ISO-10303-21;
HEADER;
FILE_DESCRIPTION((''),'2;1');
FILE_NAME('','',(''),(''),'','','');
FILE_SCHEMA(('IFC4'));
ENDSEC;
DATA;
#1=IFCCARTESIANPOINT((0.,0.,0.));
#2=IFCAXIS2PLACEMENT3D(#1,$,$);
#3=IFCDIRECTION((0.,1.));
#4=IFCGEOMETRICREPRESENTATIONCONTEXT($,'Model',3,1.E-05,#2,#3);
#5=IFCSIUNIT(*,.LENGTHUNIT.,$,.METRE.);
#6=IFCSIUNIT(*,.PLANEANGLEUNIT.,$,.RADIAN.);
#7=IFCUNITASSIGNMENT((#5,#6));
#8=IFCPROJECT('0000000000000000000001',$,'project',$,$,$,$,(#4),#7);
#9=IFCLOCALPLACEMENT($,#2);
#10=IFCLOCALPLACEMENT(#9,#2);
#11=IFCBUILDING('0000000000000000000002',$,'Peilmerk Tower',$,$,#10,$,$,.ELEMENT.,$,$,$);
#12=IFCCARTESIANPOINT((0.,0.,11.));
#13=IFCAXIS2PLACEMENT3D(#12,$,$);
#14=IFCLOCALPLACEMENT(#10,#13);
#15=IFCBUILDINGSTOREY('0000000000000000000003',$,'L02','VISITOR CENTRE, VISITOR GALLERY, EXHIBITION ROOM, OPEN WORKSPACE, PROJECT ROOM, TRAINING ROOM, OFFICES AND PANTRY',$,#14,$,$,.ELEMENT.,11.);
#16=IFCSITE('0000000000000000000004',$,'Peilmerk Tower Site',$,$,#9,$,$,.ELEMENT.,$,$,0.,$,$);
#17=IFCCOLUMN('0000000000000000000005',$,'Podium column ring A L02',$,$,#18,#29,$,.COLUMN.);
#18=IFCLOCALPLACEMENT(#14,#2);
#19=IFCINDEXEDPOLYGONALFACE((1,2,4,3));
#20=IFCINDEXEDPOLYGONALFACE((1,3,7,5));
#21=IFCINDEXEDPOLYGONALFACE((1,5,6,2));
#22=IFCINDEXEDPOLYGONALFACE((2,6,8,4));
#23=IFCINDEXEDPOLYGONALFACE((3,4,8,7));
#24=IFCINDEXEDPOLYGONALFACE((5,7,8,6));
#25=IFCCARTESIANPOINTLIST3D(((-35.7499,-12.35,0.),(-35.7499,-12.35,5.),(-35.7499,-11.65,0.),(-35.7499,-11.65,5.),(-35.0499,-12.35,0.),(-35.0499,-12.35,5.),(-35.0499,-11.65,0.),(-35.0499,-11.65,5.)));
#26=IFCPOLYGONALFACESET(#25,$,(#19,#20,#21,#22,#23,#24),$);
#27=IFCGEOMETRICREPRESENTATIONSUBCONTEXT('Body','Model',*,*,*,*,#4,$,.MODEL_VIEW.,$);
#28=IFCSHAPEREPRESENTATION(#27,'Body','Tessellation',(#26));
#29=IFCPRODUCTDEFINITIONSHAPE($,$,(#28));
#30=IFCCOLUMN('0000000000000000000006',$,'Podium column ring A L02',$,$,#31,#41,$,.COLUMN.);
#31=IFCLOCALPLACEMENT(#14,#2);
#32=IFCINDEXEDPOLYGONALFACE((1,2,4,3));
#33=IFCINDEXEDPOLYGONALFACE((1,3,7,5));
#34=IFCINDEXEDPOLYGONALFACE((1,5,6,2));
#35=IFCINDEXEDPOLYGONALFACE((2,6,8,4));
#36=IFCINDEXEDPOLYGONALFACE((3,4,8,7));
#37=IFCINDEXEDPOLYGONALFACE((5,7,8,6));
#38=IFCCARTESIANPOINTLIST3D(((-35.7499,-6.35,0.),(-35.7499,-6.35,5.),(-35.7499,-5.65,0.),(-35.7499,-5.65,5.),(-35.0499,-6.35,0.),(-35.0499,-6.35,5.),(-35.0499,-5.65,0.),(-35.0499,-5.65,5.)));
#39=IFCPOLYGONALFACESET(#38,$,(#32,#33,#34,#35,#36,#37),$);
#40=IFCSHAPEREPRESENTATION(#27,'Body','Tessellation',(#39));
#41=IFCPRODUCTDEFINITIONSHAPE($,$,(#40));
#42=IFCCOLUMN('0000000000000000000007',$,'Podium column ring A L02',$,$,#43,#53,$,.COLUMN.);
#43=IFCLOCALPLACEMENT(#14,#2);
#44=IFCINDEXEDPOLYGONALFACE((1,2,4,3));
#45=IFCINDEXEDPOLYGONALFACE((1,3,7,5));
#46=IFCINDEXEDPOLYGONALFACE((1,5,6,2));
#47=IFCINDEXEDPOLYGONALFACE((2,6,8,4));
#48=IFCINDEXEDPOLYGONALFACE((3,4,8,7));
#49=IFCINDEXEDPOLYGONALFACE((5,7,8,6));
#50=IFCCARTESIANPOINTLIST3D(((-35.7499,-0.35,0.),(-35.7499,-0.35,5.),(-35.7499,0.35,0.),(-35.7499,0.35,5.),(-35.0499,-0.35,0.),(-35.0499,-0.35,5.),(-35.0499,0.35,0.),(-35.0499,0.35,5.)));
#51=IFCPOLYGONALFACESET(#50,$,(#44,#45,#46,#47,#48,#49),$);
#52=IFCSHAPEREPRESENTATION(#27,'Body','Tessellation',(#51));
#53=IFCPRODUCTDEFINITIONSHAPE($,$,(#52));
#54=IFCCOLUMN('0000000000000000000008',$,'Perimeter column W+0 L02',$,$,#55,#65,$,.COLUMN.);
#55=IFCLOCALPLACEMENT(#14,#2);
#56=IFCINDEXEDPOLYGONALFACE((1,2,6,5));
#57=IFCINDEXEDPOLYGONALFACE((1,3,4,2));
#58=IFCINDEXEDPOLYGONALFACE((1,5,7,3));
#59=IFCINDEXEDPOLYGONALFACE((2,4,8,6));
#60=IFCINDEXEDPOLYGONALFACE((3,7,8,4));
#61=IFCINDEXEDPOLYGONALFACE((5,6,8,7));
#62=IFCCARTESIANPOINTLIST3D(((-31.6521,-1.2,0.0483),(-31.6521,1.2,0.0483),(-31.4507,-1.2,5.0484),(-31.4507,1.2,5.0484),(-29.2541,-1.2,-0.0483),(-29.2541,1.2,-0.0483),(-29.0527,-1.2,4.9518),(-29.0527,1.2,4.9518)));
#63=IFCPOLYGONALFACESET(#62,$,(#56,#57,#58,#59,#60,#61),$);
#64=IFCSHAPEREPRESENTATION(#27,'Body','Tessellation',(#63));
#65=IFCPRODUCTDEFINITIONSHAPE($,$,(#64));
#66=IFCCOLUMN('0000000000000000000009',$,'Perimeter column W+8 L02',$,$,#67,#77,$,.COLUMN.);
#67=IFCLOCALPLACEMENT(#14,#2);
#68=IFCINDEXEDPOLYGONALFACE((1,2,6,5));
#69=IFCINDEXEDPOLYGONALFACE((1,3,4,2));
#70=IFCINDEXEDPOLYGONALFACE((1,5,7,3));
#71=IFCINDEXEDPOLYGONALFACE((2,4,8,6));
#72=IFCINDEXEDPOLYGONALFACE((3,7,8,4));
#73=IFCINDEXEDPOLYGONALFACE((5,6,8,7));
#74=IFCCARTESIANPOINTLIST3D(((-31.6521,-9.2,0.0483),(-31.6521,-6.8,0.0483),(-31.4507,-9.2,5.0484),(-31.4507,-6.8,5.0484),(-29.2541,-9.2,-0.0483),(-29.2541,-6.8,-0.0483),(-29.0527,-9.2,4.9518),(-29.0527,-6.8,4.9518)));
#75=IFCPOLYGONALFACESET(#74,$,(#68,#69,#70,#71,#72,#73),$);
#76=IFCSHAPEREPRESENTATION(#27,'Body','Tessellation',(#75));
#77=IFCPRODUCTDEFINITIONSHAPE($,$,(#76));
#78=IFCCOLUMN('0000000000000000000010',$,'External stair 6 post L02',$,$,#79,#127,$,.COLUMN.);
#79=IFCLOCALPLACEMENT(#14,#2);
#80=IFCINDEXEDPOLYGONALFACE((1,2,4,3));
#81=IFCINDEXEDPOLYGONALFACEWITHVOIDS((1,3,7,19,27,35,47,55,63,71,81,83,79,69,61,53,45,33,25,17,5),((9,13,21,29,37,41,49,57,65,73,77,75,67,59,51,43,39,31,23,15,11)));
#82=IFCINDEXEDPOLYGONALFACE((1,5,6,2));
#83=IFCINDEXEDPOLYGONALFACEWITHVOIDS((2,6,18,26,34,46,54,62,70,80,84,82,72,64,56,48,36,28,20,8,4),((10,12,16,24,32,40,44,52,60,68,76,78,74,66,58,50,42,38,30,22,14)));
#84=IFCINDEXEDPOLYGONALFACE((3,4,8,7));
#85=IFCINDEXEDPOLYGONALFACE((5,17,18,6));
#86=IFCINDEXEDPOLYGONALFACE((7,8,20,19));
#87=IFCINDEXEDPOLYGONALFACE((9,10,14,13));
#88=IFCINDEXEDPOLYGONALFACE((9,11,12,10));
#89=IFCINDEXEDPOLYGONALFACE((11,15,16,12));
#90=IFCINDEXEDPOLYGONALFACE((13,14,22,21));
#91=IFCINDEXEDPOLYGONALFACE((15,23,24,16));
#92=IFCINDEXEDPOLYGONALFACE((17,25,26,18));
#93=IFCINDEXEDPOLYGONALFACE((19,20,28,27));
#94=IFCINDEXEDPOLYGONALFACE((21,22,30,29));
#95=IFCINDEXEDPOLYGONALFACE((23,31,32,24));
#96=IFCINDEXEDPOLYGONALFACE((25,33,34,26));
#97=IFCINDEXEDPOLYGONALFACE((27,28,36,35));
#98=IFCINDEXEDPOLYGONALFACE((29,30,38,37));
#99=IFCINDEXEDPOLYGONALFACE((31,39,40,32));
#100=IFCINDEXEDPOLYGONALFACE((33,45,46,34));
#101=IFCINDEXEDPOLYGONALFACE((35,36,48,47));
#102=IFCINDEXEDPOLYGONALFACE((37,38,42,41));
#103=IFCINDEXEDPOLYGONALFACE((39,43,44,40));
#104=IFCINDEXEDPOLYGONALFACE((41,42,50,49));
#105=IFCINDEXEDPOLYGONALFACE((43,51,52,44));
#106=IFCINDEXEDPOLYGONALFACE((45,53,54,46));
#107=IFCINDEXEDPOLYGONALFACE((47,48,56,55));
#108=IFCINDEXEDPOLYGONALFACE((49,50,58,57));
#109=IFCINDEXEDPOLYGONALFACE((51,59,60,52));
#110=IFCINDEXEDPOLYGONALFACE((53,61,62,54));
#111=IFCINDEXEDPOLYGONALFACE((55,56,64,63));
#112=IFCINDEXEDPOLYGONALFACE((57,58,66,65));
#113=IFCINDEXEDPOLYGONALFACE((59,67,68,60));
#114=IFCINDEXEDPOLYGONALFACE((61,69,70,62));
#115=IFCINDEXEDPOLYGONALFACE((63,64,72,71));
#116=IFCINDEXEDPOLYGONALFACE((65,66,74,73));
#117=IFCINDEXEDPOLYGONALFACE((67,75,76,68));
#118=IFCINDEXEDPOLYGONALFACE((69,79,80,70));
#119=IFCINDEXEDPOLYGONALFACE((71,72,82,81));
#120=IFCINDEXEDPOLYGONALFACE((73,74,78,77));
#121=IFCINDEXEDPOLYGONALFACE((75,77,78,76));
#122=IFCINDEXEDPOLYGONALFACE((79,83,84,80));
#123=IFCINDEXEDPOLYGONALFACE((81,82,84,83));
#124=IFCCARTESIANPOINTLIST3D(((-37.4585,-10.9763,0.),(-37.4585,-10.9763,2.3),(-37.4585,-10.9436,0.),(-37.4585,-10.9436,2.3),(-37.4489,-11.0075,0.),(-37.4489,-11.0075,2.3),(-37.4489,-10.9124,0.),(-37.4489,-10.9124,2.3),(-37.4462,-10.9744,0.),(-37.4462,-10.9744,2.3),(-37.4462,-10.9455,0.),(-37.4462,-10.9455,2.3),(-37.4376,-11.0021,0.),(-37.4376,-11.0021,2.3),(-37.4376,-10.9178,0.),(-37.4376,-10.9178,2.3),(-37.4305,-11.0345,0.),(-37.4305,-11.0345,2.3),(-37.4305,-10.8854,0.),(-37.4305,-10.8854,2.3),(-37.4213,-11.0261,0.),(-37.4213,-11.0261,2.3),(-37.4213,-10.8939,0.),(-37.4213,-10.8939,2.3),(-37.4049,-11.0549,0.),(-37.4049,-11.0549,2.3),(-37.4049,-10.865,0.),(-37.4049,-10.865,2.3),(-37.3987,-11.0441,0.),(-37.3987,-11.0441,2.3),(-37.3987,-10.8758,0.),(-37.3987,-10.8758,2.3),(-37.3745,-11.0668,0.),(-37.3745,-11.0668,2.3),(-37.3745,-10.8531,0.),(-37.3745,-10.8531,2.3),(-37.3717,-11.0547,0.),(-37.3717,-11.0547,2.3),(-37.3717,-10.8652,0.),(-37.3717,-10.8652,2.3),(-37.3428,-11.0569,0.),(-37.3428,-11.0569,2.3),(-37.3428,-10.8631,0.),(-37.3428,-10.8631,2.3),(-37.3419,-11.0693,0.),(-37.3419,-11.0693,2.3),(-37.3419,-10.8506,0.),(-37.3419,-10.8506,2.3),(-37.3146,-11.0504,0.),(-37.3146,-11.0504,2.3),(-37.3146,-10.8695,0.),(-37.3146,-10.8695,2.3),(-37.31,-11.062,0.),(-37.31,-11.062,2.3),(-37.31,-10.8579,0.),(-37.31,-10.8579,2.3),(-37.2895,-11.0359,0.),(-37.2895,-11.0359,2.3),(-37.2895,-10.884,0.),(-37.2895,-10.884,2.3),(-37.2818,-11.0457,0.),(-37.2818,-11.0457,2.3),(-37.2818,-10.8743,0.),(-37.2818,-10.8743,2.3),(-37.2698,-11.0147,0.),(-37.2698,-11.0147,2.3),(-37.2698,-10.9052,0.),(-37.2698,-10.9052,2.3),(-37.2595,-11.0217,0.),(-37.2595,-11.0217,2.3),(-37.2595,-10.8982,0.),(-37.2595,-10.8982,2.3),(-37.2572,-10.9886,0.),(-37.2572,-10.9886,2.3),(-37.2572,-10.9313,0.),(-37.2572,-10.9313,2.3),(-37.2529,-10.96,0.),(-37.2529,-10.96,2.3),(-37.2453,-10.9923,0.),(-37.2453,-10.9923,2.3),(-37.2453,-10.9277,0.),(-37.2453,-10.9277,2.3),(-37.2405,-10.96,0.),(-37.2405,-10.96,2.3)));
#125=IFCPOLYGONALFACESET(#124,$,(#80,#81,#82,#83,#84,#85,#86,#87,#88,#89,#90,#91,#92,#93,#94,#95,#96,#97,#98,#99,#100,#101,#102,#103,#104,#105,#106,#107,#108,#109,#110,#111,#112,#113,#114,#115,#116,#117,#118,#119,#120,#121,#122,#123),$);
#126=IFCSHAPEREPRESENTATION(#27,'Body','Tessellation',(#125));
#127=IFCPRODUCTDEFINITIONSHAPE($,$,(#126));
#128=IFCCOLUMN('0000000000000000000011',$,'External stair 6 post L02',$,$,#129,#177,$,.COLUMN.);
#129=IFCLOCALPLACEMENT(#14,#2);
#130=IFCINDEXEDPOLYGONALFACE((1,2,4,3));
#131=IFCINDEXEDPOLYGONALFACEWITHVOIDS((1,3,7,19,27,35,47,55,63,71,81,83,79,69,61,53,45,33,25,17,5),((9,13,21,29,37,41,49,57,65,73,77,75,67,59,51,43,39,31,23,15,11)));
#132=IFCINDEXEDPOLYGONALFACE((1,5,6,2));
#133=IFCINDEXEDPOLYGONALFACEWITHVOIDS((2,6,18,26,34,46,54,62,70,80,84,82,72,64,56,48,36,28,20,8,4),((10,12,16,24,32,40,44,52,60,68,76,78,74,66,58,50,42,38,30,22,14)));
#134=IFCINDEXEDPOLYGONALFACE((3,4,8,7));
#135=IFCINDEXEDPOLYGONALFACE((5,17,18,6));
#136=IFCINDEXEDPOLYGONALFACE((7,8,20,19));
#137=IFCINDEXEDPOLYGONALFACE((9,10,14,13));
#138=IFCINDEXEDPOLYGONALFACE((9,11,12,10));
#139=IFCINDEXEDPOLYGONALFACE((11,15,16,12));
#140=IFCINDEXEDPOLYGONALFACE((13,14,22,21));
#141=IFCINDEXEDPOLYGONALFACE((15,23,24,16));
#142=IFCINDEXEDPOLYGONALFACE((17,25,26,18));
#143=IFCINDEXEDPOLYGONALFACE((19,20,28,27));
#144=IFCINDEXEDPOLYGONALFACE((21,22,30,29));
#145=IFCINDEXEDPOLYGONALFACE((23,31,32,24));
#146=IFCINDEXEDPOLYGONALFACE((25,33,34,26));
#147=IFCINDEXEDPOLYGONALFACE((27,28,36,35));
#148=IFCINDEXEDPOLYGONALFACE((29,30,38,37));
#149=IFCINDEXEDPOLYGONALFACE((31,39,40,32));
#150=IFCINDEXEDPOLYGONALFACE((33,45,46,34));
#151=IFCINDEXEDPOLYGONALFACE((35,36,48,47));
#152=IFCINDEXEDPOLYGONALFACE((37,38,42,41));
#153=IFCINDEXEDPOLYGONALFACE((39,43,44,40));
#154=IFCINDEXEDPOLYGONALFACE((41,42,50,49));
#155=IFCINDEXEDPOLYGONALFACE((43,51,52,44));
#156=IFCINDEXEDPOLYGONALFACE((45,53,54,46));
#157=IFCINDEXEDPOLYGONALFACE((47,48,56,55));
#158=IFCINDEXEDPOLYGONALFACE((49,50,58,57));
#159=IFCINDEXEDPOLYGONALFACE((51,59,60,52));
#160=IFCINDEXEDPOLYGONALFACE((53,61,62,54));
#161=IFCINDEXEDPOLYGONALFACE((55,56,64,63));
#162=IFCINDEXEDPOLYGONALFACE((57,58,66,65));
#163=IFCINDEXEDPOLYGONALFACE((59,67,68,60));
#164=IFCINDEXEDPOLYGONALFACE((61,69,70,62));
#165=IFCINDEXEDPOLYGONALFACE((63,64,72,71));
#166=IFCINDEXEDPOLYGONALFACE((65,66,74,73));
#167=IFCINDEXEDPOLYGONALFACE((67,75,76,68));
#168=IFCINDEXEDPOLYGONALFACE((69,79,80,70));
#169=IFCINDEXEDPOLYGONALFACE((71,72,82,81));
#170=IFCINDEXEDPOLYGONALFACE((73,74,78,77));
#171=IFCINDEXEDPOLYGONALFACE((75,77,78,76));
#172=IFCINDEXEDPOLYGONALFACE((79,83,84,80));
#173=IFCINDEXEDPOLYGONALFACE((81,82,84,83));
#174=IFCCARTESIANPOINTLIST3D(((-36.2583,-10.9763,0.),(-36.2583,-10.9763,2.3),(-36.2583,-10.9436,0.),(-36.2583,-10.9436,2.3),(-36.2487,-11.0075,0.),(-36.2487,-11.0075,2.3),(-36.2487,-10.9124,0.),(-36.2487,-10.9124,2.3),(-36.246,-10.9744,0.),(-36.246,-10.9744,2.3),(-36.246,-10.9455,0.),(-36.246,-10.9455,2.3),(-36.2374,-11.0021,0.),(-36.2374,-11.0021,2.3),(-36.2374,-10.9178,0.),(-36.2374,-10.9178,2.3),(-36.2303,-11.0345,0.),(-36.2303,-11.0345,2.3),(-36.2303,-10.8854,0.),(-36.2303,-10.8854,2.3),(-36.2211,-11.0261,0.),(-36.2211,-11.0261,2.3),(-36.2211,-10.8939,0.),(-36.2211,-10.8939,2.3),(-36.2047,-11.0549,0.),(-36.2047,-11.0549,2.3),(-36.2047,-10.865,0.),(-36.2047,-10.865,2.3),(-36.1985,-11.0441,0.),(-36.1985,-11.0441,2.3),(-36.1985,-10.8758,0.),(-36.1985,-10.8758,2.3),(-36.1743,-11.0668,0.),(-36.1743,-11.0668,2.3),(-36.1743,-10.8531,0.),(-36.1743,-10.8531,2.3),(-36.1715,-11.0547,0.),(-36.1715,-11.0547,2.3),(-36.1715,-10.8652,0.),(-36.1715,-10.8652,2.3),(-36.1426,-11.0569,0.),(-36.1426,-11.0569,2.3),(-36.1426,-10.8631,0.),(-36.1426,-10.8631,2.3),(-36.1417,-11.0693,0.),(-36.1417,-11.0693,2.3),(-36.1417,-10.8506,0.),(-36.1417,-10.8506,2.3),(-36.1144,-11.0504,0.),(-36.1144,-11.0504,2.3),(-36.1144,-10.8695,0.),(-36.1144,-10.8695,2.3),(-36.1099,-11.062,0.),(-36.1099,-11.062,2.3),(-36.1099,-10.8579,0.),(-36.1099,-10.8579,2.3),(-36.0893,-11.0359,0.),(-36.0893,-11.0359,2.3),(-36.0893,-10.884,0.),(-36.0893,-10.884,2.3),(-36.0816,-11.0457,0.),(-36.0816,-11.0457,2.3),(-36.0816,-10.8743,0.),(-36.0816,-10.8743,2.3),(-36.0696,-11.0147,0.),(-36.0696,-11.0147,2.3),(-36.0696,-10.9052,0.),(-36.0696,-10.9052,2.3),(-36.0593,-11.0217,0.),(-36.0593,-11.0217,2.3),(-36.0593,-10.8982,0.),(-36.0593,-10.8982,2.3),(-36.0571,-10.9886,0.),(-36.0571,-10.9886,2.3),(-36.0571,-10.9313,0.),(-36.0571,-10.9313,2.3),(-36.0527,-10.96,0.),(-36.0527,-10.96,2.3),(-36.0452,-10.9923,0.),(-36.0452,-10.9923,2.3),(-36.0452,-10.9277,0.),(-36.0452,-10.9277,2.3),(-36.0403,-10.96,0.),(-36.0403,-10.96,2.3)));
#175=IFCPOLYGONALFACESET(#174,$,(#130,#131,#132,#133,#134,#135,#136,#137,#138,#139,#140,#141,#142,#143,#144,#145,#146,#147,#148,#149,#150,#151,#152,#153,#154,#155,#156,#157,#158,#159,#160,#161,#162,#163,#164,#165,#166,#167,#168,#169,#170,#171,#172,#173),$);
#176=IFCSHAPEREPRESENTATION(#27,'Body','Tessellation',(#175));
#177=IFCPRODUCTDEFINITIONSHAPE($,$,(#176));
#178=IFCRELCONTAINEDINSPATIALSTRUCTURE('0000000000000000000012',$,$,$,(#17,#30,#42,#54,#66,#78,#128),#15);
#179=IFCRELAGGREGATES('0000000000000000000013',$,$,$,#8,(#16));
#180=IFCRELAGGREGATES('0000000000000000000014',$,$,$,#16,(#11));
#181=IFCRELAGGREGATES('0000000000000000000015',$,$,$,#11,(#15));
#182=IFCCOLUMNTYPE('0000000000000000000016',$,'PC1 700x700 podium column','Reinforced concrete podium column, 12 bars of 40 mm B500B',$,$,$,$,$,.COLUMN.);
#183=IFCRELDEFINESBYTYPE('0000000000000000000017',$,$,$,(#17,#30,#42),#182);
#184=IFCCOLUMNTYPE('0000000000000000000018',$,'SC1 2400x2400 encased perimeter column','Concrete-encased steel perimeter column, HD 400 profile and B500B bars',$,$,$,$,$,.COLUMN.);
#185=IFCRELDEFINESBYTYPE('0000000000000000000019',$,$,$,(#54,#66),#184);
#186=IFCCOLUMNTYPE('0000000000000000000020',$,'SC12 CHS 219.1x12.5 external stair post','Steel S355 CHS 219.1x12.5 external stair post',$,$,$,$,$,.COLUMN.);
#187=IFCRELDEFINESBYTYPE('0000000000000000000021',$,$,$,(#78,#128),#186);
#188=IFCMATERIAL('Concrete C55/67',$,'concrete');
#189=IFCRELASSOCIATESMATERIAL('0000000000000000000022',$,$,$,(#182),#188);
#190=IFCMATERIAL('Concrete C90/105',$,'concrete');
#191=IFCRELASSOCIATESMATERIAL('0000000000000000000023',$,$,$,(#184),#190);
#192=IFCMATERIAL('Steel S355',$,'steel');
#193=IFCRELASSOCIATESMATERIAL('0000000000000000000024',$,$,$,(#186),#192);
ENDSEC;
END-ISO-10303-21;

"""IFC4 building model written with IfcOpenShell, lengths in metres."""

from ifc_helpers import new_model, si_unit, direction, frame, origin, origin_2d, place, context, subcontext, project, spatial, rectangle, hollow_circle, extrude, material, material_profile, profile_set, type_object, element, save


model = new_model("IFC4")

# Units and contexts
model_context = context("Model", 3, precision=1e-05, world=origin(), true_north=direction((0.0, 1.0)))
body_context = subcontext(model_context, "Body", "Model", "MODEL_VIEW")
ifc_project = project(units=[si_unit("LENGTHUNIT", "METRE"), si_unit("PLANEANGLEUNIT", "RADIAN")], contexts=[model_context])

# Site, building, storey
site_placement = place(None, origin())
site = spatial("IfcSite", under=ifc_project, at=site_placement, Name="Peilmerk Tower Site", CompositionType="ELEMENT", RefElevation=0.0)
building_placement = place(site_placement, origin())
building = spatial("IfcBuilding", under=site, at=building_placement, Name="Peilmerk Tower", CompositionType="ELEMENT")
storey_placement = place(building_placement, frame((0.0, 0.0, 11.0)))
storey = spatial("IfcBuildingStorey", under=building, at=storey_placement, Name="L02", Description="VISITOR CENTRE, VISITOR GALLERY, EXHIBITION ROOM, OPEN WORKSPACE, PROJECT ROOM, TRAINING ROOM, OFFICES AND PANTRY", CompositionType="ELEMENT", Elevation=11.0)

# Columns
ifc_material_1 = material(Name="Concrete C55/67", Category="concrete")
ifc_material_profile_1 = material_profile(ifc_material_1, rectangle(XDim=0.7, YDim=0.7, at=origin_2d()), Name="RC 700x700")
ifc_profile_set_1 = profile_set([ifc_material_profile_1], Name="Concrete C55/67")
column_type_1 = type_object("IfcColumnType", Name="PC1 700x700 podium column", Description="Reinforced concrete podium column, 12 bars of 40 mm B500B", PredefinedType="COLUMN", material=ifc_profile_set_1)
for number, where, z_axis, x_axis, name in (
    (1, (-35.3999, -12.0, 0.0), (0.0, 0.0, 1.0), (1.0, 0.0, 0.0), "Podium column ring A L02"),
    (2, (-35.3999, -6.0, 0.0), (0.0, 0.0, 1.0), (1.0, 0.0, 0.0), "Podium column ring A L02"),
    (3, (-35.3999, 0.0, 0.0), (0.0, 0.0, 1.0), (1.0, 0.0, 0.0), "Podium column ring A L02"),
):
    element("IfcColumn", number, at=place(storey_placement, frame(where, z_axis=z_axis, x_axis=x_axis)), inside=storey, type_object=column_type_1, Name=name, PredefinedType="COLUMN", context=body_context, shape_type="SweptSolid", body=[
        extrude(rectangle(XDim=0.7, YDim=0.7, at=origin_2d()), origin(), (0.0, 0.0, 1.0), 5.0),
    ])
ifc_material_2 = material(Name="Concrete C90/105", Category="concrete")
ifc_material_profile_2 = material_profile(ifc_material_2, rectangle(XDim=2.3999, YDim=2.3999, at=origin_2d()), Name="RC 2400x2400")
ifc_profile_set_2 = profile_set([ifc_material_profile_2], Name="Concrete C90/105")
column_type_2 = type_object("IfcColumnType", Name="SC1 2400x2400 encased perimeter column", Description="Concrete-encased steel perimeter column, HD 400 profile and B500B bars", PredefinedType="COLUMN", material=ifc_profile_set_2)
for number, where, z_axis, x_axis, name in (
    (4, (-30.4531, 0.0, 0.0), (0.040251, 0.0, 0.99919), (0.0, 1.0, 0.0), "Perimeter column W+0 L02"),
    (5, (-30.4531, -8.0, 0.0), (0.040251, 0.0, 0.99919), (0.0, 1.0, 0.0), "Perimeter column W+8 L02"),
):
    element("IfcColumn", number, at=place(storey_placement, frame(where, z_axis=z_axis, x_axis=x_axis)), inside=storey, type_object=column_type_2, Name=name, PredefinedType="COLUMN", context=body_context, shape_type="SweptSolid", body=[
        extrude(rectangle(XDim=2.3999, YDim=2.3999, at=origin_2d()), origin(), (0.0, 0.0, 1.0), 5.0042),
    ])
ifc_material_3 = material(Name="Steel S355", Category="steel")
ifc_material_profile_3 = material_profile(ifc_material_3, hollow_circle(Radius=0.1096, WallThickness=0.0125, at=origin_2d()), Name="CHS 219.1x12.5")
ifc_profile_set_3 = profile_set([ifc_material_profile_3], Name="Steel S355")
column_type_3 = type_object("IfcColumnType", Name="SC12 CHS 219.1x12.5 external stair post", Description="Steel S355 CHS 219.1x12.5 external stair post", PredefinedType="COLUMN", material=ifc_profile_set_3)
for number, where, z_axis, x_axis, name in (
    (6, (-37.3501, -10.96, 0.0), (0.0, 0.0, 1.0), (1.0, 0.0, 0.0), "External stair 6 post L02"),
    (7, (-36.1499, -10.96, 0.0), (0.0, 0.0, 1.0), (1.0, 0.0, 0.0), "External stair 6 post L02"),
):
    element("IfcColumn", number, at=place(storey_placement, frame(where, z_axis=z_axis, x_axis=x_axis)), inside=storey, type_object=column_type_3, Name=name, PredefinedType="COLUMN", context=body_context, shape_type="SweptSolid", body=[
        extrude(hollow_circle(Radius=0.1096, WallThickness=0.0125, at=origin_2d()), origin(), (0.0, 0.0, 1.0), 2.3),
    ])

save(model, "model.ifc")
